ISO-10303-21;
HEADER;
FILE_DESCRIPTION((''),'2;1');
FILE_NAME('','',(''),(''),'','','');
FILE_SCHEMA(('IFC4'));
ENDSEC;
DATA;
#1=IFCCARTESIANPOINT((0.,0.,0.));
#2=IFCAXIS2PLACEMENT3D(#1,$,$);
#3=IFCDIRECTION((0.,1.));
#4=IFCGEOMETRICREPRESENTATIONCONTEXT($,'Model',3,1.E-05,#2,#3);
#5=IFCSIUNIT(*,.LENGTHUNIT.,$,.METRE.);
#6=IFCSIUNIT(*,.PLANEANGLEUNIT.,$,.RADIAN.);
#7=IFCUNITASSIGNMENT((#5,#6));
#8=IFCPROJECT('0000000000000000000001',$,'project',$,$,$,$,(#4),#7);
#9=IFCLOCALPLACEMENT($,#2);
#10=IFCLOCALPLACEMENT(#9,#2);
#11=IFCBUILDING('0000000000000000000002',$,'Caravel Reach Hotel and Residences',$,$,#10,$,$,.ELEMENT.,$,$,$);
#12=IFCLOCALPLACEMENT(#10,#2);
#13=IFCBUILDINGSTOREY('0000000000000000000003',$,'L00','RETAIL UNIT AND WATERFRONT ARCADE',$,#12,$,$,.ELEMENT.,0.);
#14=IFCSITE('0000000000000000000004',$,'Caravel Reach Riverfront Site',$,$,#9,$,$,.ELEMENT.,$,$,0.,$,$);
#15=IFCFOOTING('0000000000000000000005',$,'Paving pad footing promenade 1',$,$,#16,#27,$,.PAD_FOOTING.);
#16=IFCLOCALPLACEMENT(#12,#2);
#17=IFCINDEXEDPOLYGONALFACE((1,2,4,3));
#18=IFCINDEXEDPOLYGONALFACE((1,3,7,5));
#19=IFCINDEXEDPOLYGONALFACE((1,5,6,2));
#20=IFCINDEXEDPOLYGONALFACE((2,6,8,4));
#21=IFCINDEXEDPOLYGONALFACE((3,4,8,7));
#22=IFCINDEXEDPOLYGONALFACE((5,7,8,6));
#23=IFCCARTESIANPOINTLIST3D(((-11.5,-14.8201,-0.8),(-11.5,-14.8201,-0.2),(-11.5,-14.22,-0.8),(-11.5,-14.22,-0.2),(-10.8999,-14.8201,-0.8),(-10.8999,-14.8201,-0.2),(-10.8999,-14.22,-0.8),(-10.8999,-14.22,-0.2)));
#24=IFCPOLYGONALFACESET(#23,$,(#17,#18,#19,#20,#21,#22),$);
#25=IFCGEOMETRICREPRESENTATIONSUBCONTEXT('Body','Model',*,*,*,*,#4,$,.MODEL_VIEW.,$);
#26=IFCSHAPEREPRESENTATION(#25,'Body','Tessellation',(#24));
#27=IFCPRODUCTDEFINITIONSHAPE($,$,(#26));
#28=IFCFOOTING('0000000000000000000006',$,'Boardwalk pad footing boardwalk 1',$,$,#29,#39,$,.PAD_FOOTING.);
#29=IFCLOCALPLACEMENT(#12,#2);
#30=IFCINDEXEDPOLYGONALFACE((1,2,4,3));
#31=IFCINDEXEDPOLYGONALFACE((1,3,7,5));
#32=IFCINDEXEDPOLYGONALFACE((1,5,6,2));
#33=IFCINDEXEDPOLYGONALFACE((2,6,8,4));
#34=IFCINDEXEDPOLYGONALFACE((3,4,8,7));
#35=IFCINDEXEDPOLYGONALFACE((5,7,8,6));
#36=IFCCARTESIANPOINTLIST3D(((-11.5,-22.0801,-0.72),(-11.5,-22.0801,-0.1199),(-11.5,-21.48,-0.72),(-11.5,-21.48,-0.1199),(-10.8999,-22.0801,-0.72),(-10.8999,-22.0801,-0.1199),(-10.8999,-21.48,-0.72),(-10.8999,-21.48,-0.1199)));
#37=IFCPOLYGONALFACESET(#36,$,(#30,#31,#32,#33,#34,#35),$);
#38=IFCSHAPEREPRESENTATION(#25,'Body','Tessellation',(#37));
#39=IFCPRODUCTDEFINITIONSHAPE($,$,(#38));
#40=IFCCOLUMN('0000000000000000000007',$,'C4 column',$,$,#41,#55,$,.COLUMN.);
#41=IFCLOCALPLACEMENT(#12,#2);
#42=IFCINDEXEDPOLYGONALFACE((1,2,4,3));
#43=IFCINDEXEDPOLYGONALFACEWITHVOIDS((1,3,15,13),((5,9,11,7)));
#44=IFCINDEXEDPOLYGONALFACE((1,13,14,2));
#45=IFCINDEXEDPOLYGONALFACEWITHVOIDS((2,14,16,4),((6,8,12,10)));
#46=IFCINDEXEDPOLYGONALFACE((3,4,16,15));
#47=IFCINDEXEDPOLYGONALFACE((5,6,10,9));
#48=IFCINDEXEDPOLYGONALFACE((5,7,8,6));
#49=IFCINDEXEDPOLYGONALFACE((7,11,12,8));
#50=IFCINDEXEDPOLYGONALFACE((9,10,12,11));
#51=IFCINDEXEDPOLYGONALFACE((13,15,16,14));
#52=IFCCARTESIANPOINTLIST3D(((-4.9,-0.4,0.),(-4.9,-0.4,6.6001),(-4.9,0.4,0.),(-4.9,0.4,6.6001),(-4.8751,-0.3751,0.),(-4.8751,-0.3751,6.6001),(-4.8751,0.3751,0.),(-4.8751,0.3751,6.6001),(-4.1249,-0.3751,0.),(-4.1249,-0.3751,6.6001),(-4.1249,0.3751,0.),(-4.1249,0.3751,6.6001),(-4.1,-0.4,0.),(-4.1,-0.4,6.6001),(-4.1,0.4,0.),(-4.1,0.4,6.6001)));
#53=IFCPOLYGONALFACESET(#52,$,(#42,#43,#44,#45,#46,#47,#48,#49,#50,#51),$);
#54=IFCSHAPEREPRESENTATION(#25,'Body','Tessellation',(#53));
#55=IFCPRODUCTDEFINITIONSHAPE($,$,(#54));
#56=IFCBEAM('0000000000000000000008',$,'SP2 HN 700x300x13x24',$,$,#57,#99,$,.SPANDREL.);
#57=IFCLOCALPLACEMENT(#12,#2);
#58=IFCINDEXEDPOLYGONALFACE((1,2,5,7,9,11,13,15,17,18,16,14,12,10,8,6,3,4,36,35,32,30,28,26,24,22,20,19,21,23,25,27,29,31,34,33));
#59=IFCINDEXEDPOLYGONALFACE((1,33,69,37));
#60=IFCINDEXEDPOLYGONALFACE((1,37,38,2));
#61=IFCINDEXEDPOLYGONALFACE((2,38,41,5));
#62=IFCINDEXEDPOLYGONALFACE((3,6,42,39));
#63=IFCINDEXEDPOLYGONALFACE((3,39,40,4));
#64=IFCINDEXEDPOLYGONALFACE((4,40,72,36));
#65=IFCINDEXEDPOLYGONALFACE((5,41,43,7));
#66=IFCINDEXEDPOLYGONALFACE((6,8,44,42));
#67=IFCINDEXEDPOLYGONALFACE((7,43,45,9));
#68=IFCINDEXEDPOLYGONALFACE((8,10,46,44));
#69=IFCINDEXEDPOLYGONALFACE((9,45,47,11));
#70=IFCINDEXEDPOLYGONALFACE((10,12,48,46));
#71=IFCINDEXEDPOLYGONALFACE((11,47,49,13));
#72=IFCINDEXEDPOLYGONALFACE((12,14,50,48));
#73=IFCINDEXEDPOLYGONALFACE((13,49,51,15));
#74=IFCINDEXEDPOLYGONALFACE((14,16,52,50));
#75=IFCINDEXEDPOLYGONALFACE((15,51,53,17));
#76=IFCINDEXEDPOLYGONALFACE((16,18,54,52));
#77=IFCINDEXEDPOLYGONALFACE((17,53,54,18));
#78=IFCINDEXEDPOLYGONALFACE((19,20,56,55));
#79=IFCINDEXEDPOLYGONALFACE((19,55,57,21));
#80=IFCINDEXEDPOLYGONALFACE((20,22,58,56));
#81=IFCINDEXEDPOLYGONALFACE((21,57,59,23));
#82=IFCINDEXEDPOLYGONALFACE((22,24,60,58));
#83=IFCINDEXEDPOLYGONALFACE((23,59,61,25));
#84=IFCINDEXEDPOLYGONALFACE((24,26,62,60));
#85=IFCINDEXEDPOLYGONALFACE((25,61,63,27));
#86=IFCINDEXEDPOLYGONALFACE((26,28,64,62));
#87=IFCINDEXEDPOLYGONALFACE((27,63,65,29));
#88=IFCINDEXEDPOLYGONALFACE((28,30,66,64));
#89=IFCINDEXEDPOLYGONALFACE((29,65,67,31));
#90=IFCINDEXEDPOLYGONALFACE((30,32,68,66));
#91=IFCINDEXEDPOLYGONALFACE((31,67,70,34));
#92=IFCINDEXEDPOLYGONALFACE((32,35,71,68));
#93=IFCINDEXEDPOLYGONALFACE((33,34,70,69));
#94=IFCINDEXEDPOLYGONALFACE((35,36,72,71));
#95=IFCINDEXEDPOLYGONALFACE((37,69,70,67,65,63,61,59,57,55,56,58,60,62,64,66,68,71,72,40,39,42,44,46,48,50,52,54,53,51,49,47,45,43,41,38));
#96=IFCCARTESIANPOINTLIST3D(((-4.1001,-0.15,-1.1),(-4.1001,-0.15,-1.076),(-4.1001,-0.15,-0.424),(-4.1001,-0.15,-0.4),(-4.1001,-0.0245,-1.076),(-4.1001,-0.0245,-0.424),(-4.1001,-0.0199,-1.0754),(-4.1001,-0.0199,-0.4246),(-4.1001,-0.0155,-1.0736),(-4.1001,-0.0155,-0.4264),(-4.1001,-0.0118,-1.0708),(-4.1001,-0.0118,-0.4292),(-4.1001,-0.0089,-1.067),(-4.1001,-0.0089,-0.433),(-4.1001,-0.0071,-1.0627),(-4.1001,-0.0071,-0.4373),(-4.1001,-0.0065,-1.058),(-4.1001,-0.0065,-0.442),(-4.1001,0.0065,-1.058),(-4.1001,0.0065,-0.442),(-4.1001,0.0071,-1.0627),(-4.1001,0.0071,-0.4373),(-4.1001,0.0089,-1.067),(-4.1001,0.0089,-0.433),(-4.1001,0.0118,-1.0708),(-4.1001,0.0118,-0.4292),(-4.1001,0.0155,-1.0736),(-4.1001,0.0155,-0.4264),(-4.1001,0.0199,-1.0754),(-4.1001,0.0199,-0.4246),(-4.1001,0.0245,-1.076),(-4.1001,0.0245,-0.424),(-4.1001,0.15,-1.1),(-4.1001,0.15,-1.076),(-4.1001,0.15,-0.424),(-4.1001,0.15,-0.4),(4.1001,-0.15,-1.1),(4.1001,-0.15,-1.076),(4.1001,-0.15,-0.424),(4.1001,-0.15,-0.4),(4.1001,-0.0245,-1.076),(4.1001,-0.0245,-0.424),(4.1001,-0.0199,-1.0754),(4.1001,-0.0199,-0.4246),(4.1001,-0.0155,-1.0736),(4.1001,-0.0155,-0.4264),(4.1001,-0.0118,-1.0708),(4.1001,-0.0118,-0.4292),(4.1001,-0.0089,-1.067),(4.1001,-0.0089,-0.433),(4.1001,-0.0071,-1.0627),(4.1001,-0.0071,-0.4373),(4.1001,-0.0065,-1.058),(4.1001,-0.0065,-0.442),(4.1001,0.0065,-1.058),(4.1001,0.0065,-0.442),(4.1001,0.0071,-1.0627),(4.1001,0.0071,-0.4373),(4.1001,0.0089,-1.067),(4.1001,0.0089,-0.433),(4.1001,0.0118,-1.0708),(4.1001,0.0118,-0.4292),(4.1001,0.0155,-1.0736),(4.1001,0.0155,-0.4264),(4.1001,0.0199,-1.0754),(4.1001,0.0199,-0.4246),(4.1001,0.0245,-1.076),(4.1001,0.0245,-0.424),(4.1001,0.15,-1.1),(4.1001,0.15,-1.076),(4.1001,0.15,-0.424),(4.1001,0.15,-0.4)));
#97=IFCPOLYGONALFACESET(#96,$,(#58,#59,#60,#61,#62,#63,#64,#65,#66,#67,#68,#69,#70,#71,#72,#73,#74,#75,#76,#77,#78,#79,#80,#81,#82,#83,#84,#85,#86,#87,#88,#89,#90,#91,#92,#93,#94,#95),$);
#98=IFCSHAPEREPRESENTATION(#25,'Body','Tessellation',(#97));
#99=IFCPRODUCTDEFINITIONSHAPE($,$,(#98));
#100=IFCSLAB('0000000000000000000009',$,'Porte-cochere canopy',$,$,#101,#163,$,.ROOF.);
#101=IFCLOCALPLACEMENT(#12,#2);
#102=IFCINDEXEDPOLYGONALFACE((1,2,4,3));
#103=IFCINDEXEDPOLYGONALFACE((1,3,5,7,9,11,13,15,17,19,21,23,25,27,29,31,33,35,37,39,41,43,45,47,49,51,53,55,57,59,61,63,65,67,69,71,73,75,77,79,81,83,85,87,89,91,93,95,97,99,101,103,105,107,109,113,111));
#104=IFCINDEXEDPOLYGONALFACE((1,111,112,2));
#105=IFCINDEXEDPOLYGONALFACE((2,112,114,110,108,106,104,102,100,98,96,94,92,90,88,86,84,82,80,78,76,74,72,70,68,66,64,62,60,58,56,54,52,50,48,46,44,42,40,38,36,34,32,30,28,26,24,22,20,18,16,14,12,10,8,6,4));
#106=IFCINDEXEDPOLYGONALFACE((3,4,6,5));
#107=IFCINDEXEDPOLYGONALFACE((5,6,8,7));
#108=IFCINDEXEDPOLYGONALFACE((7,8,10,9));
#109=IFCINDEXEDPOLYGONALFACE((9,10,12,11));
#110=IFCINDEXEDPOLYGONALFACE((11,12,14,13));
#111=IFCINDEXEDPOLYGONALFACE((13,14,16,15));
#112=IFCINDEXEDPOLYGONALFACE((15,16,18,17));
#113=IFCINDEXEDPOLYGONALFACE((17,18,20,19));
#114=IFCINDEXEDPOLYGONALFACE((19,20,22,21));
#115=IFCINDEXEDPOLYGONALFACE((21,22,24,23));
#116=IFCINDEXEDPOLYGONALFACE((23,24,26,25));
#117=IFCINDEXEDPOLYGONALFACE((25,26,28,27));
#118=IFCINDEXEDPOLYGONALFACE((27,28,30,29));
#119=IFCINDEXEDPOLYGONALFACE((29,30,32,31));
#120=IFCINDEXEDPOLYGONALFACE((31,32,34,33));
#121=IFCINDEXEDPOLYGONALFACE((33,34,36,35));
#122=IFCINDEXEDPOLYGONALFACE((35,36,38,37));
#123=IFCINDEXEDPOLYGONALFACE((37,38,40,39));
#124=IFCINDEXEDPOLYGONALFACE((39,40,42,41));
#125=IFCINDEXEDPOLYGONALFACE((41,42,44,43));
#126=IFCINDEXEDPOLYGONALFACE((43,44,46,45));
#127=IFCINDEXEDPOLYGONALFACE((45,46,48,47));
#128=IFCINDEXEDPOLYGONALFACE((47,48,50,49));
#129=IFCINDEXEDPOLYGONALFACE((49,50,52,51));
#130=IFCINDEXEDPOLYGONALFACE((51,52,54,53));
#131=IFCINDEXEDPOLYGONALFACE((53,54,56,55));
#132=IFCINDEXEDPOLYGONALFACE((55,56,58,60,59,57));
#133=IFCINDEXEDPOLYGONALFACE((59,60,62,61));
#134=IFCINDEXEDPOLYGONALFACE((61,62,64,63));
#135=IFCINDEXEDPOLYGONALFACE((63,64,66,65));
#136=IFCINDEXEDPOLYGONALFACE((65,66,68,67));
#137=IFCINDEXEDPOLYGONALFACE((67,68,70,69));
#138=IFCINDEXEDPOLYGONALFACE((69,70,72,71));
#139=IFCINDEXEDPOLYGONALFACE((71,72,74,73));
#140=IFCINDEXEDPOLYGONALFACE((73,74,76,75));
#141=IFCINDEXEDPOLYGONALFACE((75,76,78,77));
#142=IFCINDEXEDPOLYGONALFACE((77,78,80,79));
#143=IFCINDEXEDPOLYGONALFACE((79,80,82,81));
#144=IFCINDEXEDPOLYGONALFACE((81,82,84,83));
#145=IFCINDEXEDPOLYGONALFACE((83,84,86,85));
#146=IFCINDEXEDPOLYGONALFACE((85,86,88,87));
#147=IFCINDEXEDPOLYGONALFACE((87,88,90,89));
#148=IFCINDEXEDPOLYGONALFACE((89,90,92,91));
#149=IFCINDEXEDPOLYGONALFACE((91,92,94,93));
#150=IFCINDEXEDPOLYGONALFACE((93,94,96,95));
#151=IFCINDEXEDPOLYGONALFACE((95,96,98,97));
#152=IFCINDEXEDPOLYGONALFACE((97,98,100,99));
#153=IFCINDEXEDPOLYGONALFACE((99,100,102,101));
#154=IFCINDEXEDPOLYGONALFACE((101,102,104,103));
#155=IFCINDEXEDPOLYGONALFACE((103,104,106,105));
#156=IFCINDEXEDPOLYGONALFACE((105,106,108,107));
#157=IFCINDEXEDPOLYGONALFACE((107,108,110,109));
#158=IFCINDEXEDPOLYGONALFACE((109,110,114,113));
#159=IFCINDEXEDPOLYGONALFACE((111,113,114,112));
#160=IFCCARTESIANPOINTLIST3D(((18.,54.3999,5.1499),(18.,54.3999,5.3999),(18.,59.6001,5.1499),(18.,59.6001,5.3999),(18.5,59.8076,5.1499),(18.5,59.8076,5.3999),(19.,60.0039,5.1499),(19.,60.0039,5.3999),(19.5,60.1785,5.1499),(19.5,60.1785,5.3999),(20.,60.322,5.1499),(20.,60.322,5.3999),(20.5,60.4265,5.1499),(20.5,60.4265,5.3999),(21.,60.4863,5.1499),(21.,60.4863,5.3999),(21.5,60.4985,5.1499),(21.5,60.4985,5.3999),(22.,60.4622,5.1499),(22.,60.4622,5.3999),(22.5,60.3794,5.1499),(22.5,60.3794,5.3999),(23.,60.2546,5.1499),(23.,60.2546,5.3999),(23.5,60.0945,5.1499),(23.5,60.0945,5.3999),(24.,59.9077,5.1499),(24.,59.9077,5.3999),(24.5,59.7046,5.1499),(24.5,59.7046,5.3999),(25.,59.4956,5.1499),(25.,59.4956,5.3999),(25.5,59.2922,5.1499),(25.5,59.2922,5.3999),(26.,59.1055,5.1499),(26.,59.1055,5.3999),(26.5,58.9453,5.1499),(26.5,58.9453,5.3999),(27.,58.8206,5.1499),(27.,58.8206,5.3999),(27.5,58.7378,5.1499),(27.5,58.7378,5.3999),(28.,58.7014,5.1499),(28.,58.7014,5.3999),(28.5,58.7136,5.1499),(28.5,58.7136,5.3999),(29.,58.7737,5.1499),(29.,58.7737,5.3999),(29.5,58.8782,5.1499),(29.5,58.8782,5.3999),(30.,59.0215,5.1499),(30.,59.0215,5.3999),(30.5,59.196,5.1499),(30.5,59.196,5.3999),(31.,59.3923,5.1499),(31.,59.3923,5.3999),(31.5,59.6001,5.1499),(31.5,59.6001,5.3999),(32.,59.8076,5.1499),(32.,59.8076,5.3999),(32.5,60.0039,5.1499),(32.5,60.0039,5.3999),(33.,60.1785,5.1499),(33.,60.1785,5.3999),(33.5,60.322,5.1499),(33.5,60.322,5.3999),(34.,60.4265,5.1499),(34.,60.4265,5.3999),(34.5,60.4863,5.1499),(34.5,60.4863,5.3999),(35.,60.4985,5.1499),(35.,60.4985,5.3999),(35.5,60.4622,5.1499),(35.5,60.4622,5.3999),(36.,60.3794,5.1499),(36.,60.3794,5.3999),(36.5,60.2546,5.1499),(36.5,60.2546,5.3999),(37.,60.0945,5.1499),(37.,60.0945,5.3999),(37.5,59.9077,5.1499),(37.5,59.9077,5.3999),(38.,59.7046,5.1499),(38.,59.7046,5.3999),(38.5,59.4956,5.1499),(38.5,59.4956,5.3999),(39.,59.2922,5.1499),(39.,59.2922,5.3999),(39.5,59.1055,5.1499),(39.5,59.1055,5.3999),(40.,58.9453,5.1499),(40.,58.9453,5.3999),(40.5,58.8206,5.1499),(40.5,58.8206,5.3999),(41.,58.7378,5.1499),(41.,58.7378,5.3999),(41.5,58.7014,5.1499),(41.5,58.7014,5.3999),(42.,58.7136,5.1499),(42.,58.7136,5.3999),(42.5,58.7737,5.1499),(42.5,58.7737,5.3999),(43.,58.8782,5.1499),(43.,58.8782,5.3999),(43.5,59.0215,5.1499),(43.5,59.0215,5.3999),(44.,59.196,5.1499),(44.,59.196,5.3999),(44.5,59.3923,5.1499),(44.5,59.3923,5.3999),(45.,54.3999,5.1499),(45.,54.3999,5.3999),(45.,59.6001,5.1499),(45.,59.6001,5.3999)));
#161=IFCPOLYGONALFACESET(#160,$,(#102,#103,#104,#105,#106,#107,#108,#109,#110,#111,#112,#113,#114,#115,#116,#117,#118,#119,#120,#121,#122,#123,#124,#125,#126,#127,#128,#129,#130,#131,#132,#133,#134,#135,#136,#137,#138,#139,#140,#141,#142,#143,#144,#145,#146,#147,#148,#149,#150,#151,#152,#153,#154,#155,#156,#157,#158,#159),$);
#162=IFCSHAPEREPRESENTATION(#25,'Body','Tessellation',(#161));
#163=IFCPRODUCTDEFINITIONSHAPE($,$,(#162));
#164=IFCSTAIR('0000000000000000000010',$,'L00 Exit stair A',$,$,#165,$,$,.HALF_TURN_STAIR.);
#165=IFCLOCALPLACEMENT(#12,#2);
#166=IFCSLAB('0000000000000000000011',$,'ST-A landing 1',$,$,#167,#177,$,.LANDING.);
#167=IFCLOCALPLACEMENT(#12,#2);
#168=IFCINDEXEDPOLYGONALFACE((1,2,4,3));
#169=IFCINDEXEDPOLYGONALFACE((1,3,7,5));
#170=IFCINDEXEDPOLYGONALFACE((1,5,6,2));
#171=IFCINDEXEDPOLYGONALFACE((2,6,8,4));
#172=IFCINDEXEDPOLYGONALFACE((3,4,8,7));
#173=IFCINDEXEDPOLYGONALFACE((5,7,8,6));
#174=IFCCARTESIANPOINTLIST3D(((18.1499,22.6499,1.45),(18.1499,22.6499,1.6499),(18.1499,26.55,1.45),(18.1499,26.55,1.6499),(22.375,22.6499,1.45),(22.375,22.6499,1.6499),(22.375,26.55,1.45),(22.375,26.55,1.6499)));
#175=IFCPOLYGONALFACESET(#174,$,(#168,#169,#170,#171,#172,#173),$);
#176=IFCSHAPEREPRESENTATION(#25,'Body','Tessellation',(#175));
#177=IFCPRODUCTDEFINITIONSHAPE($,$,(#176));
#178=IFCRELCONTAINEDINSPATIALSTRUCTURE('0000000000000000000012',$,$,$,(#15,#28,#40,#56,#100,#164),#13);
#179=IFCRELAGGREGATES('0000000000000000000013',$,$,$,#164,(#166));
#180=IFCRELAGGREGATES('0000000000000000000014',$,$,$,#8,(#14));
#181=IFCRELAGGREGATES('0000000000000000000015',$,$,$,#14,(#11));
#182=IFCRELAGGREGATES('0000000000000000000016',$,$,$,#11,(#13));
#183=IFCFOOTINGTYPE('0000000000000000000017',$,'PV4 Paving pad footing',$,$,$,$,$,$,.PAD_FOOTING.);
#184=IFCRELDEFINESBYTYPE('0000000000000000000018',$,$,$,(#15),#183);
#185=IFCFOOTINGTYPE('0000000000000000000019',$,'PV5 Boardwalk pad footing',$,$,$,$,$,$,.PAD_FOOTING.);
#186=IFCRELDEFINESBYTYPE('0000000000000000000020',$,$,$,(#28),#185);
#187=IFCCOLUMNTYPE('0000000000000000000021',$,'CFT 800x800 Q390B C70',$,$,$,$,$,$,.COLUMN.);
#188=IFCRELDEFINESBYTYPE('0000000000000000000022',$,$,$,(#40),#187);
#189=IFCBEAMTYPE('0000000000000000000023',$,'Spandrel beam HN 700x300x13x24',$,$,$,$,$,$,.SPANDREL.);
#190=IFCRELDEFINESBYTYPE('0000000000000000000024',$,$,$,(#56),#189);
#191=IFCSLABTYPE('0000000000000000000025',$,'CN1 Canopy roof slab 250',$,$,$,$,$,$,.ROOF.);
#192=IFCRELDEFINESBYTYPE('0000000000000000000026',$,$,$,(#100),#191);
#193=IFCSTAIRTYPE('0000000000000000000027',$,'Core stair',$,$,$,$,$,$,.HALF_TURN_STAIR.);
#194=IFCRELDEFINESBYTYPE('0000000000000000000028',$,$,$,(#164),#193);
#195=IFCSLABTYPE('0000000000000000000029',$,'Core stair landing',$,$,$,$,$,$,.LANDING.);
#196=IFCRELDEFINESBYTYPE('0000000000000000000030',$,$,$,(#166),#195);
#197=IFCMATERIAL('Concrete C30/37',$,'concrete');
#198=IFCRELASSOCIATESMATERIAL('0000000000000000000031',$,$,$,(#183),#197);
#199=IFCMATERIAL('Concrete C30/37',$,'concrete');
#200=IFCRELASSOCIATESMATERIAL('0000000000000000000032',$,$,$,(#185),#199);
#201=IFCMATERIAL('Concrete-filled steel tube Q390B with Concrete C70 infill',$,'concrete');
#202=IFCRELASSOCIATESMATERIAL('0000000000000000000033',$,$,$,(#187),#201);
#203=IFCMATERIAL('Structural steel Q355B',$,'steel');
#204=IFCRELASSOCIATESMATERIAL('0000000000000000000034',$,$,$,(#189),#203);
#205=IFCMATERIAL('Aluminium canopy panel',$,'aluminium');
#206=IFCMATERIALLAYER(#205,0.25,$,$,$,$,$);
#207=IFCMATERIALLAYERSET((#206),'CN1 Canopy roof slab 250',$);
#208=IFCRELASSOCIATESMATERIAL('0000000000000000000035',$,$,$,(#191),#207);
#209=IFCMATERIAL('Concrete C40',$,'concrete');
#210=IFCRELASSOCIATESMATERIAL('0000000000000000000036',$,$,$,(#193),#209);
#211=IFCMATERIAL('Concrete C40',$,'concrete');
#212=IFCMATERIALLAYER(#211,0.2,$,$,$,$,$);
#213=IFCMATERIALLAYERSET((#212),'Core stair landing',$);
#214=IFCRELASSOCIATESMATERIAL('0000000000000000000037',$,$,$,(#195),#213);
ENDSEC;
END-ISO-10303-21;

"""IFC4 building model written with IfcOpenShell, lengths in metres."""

from ifc_helpers import new_model, si_unit, direction, frame, origin, origin_2d, place, context, subcontext, project, spatial, polyline, rectangle, hollow_rectangle, i_section, outline, extrude, material, layer, layer_set, material_profile, profile_set, type_object, element, aggregate, save


model = new_model("IFC4")

# Units and contexts
model_context = context("Model", 3, precision=1e-05, world=origin(), true_north=direction((0.0, 1.0)))
body_context = subcontext(model_context, "Body", "Model", "MODEL_VIEW")
ifc_project = project(units=[si_unit("LENGTHUNIT", "METRE"), si_unit("PLANEANGLEUNIT", "RADIAN")], contexts=[model_context])

# Site, building, storey
site_placement = place(None, origin())
site = spatial("IfcSite", under=ifc_project, at=site_placement, Name="Caravel Reach Riverfront Site", CompositionType="ELEMENT", RefElevation=0.0)
building_placement = place(site_placement, origin())
building = spatial("IfcBuilding", under=site, at=building_placement, Name="Caravel Reach Hotel and Residences", CompositionType="ELEMENT")
storey_placement = place(building_placement, origin())
storey = spatial("IfcBuildingStorey", under=building, at=storey_placement, Name="L00", Description="RETAIL UNIT AND WATERFRONT ARCADE", CompositionType="ELEMENT", Elevation=0.0)

# Footings
ifc_material_1 = material(Name="Concrete C30/37", Category="concrete")
footing_type_1 = type_object("IfcFootingType", Name="PV4 Paving pad footing", PredefinedType="PAD_FOOTING", material=ifc_material_1)
footing_1_placement = place(storey_placement, frame((-11.2, -14.52, -0.8), z_axis=(0.0, 0.0, 1.0), x_axis=(1.0, 0.0, 0.0)))
element("IfcFooting", 1, at=footing_1_placement, inside=storey, type_object=footing_type_1, Name="Paving pad footing promenade 1", PredefinedType="PAD_FOOTING", context=body_context, shape_type="SweptSolid", body=[
    extrude(rectangle(XDim=0.6001, YDim=0.6001, at=origin_2d()), origin(), (0.0, 0.0, 1.0), 0.6001),
])
ifc_material_2 = material(Name="Concrete C30/37", Category="concrete")
footing_type_2 = type_object("IfcFootingType", Name="PV5 Boardwalk pad footing", PredefinedType="PAD_FOOTING", material=ifc_material_2)
footing_2_placement = place(storey_placement, frame((-11.2, -21.78, -0.72), z_axis=(0.0, 0.0, 1.0), x_axis=(1.0, 0.0, 0.0)))
element("IfcFooting", 2, at=footing_2_placement, inside=storey, type_object=footing_type_2, Name="Boardwalk pad footing boardwalk 1", PredefinedType="PAD_FOOTING", context=body_context, shape_type="SweptSolid", body=[
    extrude(rectangle(XDim=0.6001, YDim=0.6001, at=origin_2d()), origin(), (0.0, 0.0, 1.0), 0.6001),
])

# Column
ifc_material_3 = material(Name="Concrete-filled steel tube Q390B with Concrete C70 infill", Category="concrete")
ifc_material_profile_1 = material_profile(ifc_material_3, hollow_rectangle(XDim=0.8, YDim=0.8, WallThickness=0.0249, at=origin_2d()), Name="RHS 800x800x25")
ifc_profile_set_1 = profile_set([ifc_material_profile_1], Name="Concrete-filled steel tube Q390B with Concrete C70 infill")
column_type = type_object("IfcColumnType", Name="CFT 800x800 Q390B C70", PredefinedType="COLUMN", material=ifc_profile_set_1)
column_placement = place(storey_placement, frame((-4.5, 0.0, 0.0), z_axis=(0.0, 0.0, 1.0), x_axis=(1.0, 0.0, 0.0)))
element("IfcColumn", 3, at=column_placement, inside=storey, type_object=column_type, Name="C4 column", PredefinedType="COLUMN", context=body_context, shape_type="SweptSolid", body=[
    extrude(hollow_rectangle(XDim=0.8, YDim=0.8, WallThickness=0.0249, at=origin_2d()), origin(), (0.0, 0.0, 1.0), 6.6001),
])

# Beam
ifc_material_4 = material(Name="Structural steel Q355B", Category="steel")
ifc_material_profile_2 = material_profile(ifc_material_4, i_section(OverallWidth=0.3, OverallDepth=0.7, WebThickness=0.0129, FlangeThickness=0.0239, FilletRadius=0.0181, at=origin_2d()), Name="HN 700x300x13x24")
ifc_profile_set_2 = profile_set([ifc_material_profile_2], Name="Structural steel Q355B")
beam_type = type_object("IfcBeamType", Name="Spandrel beam HN 700x300x13x24", PredefinedType="SPANDREL", material=ifc_profile_set_2)
beam_placement = place(storey_placement, frame((-4.1001, 0.0, -0.75), z_axis=(1.0, 0.0, 0.0), x_axis=(0.0, 1.0, 0.0)))
element("IfcBeam", 4, at=beam_placement, inside=storey, type_object=beam_type, Name="SP2 HN 700x300x13x24", PredefinedType="SPANDREL", context=body_context, shape_type="SweptSolid", body=[
    extrude(i_section(OverallWidth=0.3, OverallDepth=0.7, WebThickness=0.0129, FlangeThickness=0.0239, FilletRadius=0.0181, at=origin_2d()), origin(), (0.0, 0.0, 1.0), 8.2002),
])

# Slab
ifc_material_5 = material(Name="Aluminium canopy panel", Category="aluminium")
ifc_layer_1 = layer(ifc_material_5, 0.25)
ifc_layer_set_1 = layer_set([ifc_layer_1], Name="CN1 Canopy roof slab 250")
slab_type_1 = type_object("IfcSlabType", Name="CN1 Canopy roof slab 250", PredefinedType="ROOF", material=ifc_layer_set_1)
slab_1_placement = place(storey_placement, frame((0.0, 0.0, 5.1499)))
element("IfcSlab", 5, at=slab_1_placement, inside=storey, type_object=slab_type_1, Name="Porte-cochere canopy", PredefinedType="ROOF", context=body_context, shape_type="SweptSolid", body=[
    extrude(outline(polyline([(18.0, 54.3999), (45.0, 54.3999), (45.0, 59.6001), (44.5, 59.3923), (44.0, 59.196), (43.5, 59.0215), (43.0, 58.8782), (42.5, 58.7737), (42.0, 58.7136), (41.5, 58.7014), (41.0, 58.7378), (40.5, 58.8206), (40.0, 58.9453), (39.5, 59.1055), (39.0, 59.2922), (38.5, 59.4956), (38.0, 59.7046), (37.5, 59.9077), (37.0, 60.0945), (36.5, 60.2546), (36.0, 60.3794), (35.5, 60.4622), (35.0, 60.4985), (34.5, 60.4863), (34.0, 60.4265), (33.5, 60.322), (33.0, 60.1785), (32.5, 60.0039), (32.0, 59.8076), (31.5, 59.6001), (31.0, 59.3923), (30.5, 59.196), (30.0, 59.0215), (29.5, 58.8782), (29.0, 58.7737), (28.5, 58.7136), (28.0, 58.7014), (27.5, 58.7378), (27.0, 58.8206), (26.5, 58.9453), (26.0, 59.1055), (25.5, 59.2922), (25.0, 59.4956), (24.5, 59.7046), (24.0, 59.9077), (23.5, 60.0945), (23.0, 60.2546), (22.5, 60.3794), (22.0, 60.4622), (21.5, 60.4985), (21.0, 60.4863), (20.5, 60.4265), (20.0, 60.322), (19.5, 60.1785), (19.0, 60.0039), (18.5, 59.8076), (18.0, 59.6001), (18.0, 54.3999)])), origin(), (0.0, 0.0, 1.0), 0.25),
])

# Stair, slab
ifc_material_6 = material(Name="Concrete C40", Category="concrete")
stair_type = type_object("IfcStairType", Name="Core stair", PredefinedType="HALF_TURN_STAIR", material=ifc_material_6)
stair_1_placement = place(storey_placement, origin())
stair_1 = element("IfcStair", 6, at=stair_1_placement, inside=storey, type_object=stair_type, Name="L00 Exit stair A", PredefinedType="HALF_TURN_STAIR")
ifc_material_7 = material(Name="Concrete C40", Category="concrete")
ifc_layer_2 = layer(ifc_material_7, 0.2)
ifc_layer_set_2 = layer_set([ifc_layer_2], Name="Core stair landing")
slab_type_2 = type_object("IfcSlabType", Name="Core stair landing", PredefinedType="LANDING", material=ifc_layer_set_2)
slab_2_placement = place(storey_placement, frame((0.0, 0.0, 1.45)))
slab_2 = element("IfcSlab", 7, at=slab_2_placement, type_object=slab_type_2, Name="ST-A landing 1", PredefinedType="LANDING", context=body_context, shape_type="SweptSolid", body=[
    extrude(outline(polyline([(18.1499, 26.55), (18.1499, 22.6499), (22.375, 22.6499), (22.375, 26.55), (18.1499, 26.55)])), origin(), (0.0, 0.0, 1.0), 0.2),
])
aggregate(stair_1, [slab_2])

save(model, "model.ifc")
